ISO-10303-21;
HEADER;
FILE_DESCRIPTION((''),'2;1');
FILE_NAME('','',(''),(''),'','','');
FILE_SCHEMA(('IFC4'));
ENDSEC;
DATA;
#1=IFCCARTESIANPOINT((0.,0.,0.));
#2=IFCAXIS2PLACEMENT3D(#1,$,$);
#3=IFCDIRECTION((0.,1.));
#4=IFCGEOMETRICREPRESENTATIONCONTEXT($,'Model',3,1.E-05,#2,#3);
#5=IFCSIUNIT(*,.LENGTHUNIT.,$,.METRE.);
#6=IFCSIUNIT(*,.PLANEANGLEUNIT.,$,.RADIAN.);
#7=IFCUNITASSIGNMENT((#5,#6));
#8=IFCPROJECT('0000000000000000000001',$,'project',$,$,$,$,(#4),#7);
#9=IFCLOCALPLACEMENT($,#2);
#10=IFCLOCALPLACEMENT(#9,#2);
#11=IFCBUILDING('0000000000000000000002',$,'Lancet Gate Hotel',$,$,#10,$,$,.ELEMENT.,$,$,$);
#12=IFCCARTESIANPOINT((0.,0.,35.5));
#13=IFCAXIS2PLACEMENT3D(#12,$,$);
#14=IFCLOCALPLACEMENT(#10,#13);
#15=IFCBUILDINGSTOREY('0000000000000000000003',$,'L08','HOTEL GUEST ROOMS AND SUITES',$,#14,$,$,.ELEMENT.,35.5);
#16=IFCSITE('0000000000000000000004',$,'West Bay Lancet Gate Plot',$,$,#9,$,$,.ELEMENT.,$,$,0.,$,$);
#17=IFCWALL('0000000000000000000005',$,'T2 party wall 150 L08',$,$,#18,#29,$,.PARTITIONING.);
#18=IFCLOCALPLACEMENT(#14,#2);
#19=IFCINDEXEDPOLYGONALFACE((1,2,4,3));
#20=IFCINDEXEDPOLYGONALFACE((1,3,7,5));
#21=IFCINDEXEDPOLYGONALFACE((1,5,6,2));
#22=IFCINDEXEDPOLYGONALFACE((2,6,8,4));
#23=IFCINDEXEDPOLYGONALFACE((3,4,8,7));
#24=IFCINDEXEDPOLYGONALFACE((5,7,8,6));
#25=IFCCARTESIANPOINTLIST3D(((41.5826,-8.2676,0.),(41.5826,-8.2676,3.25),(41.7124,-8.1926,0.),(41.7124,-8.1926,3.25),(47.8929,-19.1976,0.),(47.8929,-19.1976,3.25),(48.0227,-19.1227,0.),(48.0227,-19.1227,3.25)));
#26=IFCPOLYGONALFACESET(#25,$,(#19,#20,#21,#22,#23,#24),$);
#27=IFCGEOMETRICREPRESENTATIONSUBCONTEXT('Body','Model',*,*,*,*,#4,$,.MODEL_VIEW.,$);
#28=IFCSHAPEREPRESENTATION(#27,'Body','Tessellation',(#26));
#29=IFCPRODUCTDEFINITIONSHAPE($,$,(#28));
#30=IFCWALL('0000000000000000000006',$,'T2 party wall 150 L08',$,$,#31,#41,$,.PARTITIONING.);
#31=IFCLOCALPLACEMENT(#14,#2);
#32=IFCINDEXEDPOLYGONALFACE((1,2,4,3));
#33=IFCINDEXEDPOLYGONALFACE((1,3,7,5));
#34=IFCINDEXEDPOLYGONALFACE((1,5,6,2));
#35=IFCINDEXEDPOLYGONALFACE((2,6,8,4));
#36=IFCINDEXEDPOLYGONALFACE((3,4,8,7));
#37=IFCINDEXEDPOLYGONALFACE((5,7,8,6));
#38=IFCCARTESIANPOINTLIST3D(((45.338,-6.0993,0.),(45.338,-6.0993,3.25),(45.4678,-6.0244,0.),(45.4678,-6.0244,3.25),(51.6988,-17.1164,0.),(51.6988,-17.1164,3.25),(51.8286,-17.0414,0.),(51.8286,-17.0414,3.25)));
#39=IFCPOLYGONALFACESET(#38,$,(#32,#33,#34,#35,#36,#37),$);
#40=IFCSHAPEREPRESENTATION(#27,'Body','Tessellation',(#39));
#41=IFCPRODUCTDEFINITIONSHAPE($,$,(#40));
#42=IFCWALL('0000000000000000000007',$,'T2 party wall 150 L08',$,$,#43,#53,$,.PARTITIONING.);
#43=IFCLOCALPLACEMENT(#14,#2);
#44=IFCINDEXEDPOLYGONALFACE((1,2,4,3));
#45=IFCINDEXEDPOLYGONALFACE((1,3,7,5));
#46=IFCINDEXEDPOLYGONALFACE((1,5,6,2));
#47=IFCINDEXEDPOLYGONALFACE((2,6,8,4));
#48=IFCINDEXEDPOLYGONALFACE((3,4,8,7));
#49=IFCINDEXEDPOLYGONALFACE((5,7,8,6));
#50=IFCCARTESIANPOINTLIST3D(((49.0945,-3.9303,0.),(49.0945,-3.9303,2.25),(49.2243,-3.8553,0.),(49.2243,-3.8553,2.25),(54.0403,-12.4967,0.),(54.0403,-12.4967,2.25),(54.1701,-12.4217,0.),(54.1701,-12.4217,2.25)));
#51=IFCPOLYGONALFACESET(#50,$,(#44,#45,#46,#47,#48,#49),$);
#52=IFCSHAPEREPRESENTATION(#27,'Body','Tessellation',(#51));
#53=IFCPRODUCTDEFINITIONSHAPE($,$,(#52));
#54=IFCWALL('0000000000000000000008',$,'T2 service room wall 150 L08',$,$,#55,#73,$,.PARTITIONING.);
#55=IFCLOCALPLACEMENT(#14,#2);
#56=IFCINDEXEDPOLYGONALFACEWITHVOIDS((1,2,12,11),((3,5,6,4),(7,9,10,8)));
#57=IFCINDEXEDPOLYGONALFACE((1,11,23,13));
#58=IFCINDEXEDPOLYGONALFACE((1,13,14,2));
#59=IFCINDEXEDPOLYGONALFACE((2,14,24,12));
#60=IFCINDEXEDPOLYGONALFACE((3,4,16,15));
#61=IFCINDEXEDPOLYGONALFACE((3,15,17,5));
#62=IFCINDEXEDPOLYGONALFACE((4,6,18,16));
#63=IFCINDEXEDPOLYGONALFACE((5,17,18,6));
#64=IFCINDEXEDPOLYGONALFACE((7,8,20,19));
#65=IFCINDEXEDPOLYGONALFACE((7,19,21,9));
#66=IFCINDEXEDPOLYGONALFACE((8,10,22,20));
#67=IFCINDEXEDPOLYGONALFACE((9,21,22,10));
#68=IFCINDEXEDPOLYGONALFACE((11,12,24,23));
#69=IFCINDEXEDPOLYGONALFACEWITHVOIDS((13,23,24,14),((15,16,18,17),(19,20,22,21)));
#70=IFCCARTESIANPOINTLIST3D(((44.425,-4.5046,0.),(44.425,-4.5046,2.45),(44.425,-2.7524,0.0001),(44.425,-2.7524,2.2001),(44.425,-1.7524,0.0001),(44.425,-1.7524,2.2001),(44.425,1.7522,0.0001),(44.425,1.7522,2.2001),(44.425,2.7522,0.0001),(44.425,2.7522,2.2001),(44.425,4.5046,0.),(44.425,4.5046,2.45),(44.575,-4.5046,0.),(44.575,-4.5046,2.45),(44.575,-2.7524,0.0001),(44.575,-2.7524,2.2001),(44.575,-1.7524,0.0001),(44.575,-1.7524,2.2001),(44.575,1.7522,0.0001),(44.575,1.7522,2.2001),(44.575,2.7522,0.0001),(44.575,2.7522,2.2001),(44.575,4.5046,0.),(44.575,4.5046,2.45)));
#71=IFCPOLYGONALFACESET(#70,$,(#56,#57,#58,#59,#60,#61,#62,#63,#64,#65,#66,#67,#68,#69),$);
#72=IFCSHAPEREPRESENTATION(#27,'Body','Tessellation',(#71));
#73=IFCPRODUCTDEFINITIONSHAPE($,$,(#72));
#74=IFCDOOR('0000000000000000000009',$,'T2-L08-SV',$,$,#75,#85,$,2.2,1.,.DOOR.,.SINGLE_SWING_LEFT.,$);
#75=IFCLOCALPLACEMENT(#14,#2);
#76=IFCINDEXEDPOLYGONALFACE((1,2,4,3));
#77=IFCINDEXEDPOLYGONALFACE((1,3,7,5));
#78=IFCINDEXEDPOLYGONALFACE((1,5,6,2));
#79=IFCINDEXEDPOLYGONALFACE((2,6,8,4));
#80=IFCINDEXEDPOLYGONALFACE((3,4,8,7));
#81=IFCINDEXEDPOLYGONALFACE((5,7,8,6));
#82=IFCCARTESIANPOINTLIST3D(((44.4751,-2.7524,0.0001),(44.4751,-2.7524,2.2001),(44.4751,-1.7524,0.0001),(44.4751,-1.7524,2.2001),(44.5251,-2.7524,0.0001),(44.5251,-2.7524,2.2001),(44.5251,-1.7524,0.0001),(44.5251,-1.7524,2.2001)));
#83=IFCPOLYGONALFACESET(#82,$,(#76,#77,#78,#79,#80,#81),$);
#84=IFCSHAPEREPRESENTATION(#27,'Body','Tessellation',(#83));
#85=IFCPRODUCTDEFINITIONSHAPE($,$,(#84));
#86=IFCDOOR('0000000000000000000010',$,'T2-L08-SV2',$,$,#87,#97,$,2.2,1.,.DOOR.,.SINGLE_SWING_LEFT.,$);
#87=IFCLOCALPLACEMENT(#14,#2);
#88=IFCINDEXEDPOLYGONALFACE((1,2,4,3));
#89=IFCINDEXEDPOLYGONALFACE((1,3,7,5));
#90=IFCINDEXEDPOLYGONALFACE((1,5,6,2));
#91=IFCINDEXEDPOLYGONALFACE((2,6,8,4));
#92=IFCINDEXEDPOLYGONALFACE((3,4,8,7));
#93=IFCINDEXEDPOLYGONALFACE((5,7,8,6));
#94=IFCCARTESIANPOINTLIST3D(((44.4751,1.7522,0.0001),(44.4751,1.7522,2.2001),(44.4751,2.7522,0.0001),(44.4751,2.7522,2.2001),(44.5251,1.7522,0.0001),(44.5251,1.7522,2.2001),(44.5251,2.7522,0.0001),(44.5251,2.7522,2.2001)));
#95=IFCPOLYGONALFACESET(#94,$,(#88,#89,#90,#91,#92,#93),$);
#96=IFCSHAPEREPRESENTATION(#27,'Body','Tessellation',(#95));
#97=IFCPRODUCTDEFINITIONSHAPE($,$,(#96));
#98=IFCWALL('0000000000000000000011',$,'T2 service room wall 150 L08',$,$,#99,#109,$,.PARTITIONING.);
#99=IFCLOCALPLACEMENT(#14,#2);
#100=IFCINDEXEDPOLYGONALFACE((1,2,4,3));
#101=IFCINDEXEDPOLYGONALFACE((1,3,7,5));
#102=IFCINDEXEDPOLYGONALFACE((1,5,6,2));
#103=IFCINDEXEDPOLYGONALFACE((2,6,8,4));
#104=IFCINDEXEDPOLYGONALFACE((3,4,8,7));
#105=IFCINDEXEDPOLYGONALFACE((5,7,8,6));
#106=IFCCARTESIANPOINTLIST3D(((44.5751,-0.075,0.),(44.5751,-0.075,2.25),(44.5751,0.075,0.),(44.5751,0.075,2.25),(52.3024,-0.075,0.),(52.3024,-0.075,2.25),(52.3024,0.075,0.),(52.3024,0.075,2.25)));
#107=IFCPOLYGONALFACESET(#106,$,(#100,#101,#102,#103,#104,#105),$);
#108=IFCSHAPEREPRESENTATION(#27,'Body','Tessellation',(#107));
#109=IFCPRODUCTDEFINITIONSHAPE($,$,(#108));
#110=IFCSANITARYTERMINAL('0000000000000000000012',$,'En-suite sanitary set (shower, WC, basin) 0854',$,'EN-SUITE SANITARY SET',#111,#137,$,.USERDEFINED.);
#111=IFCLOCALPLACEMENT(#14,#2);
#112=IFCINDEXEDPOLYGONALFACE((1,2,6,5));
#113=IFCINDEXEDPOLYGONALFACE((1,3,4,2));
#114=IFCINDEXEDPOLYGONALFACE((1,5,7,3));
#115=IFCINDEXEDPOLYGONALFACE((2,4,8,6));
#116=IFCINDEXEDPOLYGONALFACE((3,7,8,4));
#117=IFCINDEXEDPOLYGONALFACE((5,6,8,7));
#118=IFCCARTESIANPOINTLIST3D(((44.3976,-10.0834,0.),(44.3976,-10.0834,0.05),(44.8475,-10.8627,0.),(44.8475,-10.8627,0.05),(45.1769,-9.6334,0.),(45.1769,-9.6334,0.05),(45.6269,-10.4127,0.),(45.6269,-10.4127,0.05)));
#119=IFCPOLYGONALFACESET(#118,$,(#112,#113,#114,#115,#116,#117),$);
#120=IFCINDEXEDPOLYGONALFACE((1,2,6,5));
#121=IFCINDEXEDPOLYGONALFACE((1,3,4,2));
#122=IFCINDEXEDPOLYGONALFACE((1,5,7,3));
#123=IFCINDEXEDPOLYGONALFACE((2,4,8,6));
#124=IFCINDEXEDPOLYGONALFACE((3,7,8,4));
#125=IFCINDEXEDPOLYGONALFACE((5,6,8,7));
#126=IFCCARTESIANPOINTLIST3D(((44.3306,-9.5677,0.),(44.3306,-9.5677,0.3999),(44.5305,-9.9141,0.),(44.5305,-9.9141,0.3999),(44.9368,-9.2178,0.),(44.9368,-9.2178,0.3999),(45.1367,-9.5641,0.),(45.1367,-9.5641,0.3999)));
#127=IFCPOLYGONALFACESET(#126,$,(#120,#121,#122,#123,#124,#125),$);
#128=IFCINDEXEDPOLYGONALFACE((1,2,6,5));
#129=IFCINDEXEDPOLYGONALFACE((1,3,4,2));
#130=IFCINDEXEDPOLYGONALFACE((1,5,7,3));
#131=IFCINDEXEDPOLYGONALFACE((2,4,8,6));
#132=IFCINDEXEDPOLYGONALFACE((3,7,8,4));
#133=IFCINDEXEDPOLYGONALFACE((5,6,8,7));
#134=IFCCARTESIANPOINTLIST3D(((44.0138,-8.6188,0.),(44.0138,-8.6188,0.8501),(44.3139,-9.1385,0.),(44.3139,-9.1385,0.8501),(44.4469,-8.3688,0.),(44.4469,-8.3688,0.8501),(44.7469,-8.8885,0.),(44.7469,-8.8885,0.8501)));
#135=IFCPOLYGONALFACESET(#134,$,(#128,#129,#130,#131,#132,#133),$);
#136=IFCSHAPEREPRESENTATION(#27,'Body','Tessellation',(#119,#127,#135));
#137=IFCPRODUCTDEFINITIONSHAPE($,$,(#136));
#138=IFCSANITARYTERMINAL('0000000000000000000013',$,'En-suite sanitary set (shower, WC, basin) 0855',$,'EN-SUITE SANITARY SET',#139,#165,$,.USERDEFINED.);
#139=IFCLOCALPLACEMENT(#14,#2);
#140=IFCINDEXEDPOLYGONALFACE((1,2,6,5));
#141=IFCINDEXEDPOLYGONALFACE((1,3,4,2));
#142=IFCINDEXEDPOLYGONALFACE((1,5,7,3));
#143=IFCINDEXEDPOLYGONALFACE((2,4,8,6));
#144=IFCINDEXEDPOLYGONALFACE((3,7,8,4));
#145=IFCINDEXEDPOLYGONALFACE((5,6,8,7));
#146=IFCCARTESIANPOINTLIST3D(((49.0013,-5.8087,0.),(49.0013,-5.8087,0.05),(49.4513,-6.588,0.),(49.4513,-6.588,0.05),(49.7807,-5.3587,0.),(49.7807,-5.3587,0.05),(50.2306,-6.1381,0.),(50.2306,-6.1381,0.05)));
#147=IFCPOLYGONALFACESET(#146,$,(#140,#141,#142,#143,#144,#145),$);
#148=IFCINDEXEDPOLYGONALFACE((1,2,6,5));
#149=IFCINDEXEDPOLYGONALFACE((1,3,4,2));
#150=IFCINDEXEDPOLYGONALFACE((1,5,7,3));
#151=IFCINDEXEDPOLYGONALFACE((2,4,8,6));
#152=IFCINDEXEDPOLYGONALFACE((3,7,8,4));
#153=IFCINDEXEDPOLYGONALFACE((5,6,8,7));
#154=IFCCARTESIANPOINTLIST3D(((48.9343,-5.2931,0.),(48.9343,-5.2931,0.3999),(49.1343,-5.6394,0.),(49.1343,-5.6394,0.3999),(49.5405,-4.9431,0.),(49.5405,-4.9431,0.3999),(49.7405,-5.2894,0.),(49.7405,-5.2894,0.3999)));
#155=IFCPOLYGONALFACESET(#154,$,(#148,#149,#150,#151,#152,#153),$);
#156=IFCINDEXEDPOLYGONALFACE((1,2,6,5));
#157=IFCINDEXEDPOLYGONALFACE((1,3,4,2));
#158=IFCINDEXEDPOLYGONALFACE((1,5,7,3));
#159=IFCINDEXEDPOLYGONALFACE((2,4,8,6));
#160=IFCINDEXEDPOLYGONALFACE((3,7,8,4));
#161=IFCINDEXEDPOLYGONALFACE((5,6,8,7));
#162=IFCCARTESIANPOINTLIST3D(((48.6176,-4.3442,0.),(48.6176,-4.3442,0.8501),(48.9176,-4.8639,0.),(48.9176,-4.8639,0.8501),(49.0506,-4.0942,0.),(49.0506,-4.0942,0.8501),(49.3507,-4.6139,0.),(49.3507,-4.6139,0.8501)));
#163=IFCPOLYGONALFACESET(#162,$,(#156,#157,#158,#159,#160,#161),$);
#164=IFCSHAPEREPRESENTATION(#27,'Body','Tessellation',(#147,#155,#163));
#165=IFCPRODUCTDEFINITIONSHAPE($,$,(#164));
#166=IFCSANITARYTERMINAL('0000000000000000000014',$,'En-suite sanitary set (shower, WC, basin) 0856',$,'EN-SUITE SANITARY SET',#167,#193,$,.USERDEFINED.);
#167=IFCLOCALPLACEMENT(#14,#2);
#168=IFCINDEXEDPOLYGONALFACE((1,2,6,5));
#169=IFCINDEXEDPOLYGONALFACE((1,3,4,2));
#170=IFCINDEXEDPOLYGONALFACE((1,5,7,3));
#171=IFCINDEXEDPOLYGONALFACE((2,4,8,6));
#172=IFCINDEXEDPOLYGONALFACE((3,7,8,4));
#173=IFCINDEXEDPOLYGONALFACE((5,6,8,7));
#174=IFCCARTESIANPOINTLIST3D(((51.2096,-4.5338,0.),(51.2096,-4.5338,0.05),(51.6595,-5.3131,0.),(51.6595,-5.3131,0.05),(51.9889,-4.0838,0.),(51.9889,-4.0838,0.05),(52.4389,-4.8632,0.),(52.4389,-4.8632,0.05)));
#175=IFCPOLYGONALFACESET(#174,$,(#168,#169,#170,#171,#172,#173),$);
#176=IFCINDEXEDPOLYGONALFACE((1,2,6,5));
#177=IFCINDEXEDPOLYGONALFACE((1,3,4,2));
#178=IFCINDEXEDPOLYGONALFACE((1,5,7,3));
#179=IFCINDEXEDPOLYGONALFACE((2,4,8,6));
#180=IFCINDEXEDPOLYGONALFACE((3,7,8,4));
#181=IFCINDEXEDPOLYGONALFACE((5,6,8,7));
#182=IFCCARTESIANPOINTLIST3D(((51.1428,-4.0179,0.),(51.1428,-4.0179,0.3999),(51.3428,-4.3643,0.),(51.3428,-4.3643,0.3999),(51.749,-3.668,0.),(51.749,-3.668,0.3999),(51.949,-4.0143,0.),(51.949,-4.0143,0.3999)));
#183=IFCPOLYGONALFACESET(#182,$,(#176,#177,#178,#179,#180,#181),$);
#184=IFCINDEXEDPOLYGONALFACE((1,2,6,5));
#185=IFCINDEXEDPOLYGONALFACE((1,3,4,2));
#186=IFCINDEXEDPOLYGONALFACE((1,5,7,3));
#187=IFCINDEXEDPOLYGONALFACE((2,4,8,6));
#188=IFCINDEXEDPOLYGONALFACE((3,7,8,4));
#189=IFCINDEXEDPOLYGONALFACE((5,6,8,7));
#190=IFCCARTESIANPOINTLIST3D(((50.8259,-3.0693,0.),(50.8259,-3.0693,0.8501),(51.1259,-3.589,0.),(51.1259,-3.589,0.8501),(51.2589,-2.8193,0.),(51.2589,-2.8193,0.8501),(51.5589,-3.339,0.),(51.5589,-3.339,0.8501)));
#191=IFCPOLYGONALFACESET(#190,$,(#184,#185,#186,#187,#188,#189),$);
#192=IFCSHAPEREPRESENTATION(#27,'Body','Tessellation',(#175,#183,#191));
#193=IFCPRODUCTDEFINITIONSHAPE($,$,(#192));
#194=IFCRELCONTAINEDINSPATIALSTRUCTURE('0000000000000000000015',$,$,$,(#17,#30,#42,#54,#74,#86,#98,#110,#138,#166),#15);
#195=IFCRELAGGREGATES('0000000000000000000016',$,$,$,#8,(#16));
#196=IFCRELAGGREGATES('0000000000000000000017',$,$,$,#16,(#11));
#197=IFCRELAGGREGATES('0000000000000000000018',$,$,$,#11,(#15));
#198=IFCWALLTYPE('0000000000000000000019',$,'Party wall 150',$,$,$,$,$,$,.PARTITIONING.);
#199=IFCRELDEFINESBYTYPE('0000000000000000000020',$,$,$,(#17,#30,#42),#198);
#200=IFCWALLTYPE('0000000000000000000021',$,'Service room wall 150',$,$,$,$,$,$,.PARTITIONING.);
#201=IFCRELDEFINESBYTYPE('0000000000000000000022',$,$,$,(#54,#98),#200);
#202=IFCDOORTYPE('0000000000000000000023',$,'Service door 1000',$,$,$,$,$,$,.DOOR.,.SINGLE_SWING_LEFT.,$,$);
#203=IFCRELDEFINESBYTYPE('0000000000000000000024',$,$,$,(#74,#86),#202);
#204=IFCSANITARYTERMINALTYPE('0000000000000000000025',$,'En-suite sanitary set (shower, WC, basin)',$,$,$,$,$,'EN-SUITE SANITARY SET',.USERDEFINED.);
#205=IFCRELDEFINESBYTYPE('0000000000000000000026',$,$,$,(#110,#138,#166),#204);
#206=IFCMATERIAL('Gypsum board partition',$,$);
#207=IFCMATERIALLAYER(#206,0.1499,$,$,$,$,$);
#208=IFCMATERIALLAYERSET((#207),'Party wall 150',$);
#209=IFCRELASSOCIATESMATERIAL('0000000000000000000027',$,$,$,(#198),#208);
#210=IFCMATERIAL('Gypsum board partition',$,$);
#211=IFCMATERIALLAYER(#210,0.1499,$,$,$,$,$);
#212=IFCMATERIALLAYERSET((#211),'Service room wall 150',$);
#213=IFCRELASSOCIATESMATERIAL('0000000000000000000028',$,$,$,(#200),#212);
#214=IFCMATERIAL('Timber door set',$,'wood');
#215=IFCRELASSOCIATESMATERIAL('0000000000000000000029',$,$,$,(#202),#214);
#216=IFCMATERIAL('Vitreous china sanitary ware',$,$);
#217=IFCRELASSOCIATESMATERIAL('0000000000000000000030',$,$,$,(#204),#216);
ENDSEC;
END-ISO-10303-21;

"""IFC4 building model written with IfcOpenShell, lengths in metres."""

from ifc_helpers import new_model, si_unit, direction, frame, frame_2d, origin, origin_2d, place, context, subcontext, project, spatial, rectangle, extrude, material, layer, layer_set, type_object, element, fill, save


model = new_model("IFC4")

# Units and contexts
model_context = context("Model", 3, precision=1e-05, world=origin(), true_north=direction((0.0, 1.0)))
body_context = subcontext(model_context, "Body", "Model", "MODEL_VIEW")
ifc_project = project(units=[si_unit("LENGTHUNIT", "METRE"), si_unit("PLANEANGLEUNIT", "RADIAN")], contexts=[model_context])

# Site, building, storey
site_placement = place(None, origin())
site = spatial("IfcSite", under=ifc_project, at=site_placement, Name="West Bay Lancet Gate Plot", CompositionType="ELEMENT", RefElevation=0.0)
building_placement = place(site_placement, origin())
building = spatial("IfcBuilding", under=site, at=building_placement, Name="Lancet Gate Hotel", CompositionType="ELEMENT")
storey_placement = place(building_placement, frame((0.0, 0.0, 35.5)))
storey = spatial("IfcBuildingStorey", under=building, at=storey_placement, Name="L08", Description="HOTEL GUEST ROOMS AND SUITES", CompositionType="ELEMENT", Elevation=35.5)

# Walls
ifc_material_1 = material(Name="Gypsum board partition")
ifc_layer_1 = layer(ifc_material_1, 0.1499)
ifc_layer_set_1 = layer_set([ifc_layer_1], Name="Party wall 150")
wall_type_1 = type_object("IfcWallType", Name="Party wall 150", PredefinedType="PARTITIONING", material=ifc_layer_set_1)
wall_1_placement = place(storey_placement, frame((41.6475, -8.23, 0.0), z_axis=(0.0, 0.0, 1.0), x_axis=(0.499986, -0.866034, 0.0)))
element("IfcWall", 1, at=wall_1_placement, inside=storey, type_object=wall_type_1, Name="T2 party wall 150 L08", PredefinedType="PARTITIONING", context=body_context, shape_type="SweptSolid", body=[
    extrude(rectangle(XDim=12.6208, YDim=0.1499, at=frame_2d((6.3105, 0.0))), origin(), (0.0, 0.0, 1.0), 3.25),
])
wall_2_placement = place(storey_placement, frame((45.4028, -6.0618, 0.0), z_axis=(0.0, 0.0, 1.0), x_axis=(0.500007, -0.866021, 0.0)))
element("IfcWall", 2, at=wall_2_placement, inside=storey, type_object=wall_type_1, Name="T2 party wall 150 L08", PredefinedType="PARTITIONING", context=body_context, shape_type="SweptSolid", body=[
    extrude(rectangle(XDim=12.7214, YDim=0.1499, at=frame_2d((6.3608, 0.0))), origin(), (0.0, 0.0, 1.0), 3.25),
])
wall_3_placement = place(storey_placement, frame((49.1594, -3.8928, 0.0), z_axis=(0.0, 0.0, 1.0), x_axis=(0.499999, -0.866026, 0.0)))
element("IfcWall", 3, at=wall_3_placement, inside=storey, type_object=wall_type_1, Name="T2 party wall 150 L08", PredefinedType="PARTITIONING", context=body_context, shape_type="SweptSolid", body=[
    extrude(rectangle(XDim=9.8916, YDim=0.1499, at=frame_2d((4.9458, 0.0))), origin(), (0.0, 0.0, 1.0), 2.25),
])

# Wall, openings, doors
ifc_material_2 = material(Name="Gypsum board partition")
ifc_layer_2 = layer(ifc_material_2, 0.1499)
ifc_layer_set_2 = layer_set([ifc_layer_2], Name="Service room wall 150")
wall_type_2 = type_object("IfcWallType", Name="Service room wall 150", PredefinedType="PARTITIONING", material=ifc_layer_set_2)
wall_4_placement = place(storey_placement, frame((44.5, -4.5046, 0.0), z_axis=(0.0, 0.0, 1.0), x_axis=(0.0, 1.0, 0.0)))
wall_4 = element("IfcWall", 4, at=wall_4_placement, inside=storey, type_object=wall_type_2, Name="T2 service room wall 150 L08", PredefinedType="PARTITIONING", context=body_context, shape_type="SweptSolid", body=[
    extrude(rectangle(XDim=9.0093, YDim=0.1499, at=frame_2d((4.5046, 0.0))), origin(), (0.0, 0.0, 1.0), 2.45),
])
opening_1_placement = place(wall_4_placement, frame((1.7522, 0.0, 0.0)))
opening_1 = element("IfcOpeningElement", 5, at=opening_1_placement, cuts=wall_4, PredefinedType="OPENING", context=body_context, shape_type="SweptSolid", body=[
    extrude(rectangle(XDim=1.0, YDim=2.2, at=frame_2d((0.5, 1.1001))), frame((0.0, 0.085, 0.0), z_axis=(0.0, -1.0, 0.0), x_axis=(1.0, 0.0, 0.0)), (0.0, 0.0, 1.0), 0.1699),
])
opening_2_placement = place(wall_4_placement, frame((6.2568, 0.0, 0.0)))
opening_2 = element("IfcOpeningElement", 6, at=opening_2_placement, cuts=wall_4, PredefinedType="OPENING", context=body_context, shape_type="SweptSolid", body=[
    extrude(rectangle(XDim=1.0, YDim=2.2, at=frame_2d((0.5, 1.1001))), frame((0.0, 0.085, 0.0), z_axis=(0.0, -1.0, 0.0), x_axis=(1.0, 0.0, 0.0)), (0.0, 0.0, 1.0), 0.1699),
])
ifc_material_3 = material(Name="Timber door set", Category="wood")
door_type_1 = type_object("IfcDoorType", Name="Service door 1000", OperationType="SINGLE_SWING_LEFT", PredefinedType="DOOR", material=ifc_material_3)
door_1_placement = place(opening_1_placement, origin())
door_1 = element("IfcDoor", 7, at=door_1_placement, inside=storey, type_object=door_type_1, Name="T2-L08-SV", OperationType="SINGLE_SWING_LEFT", OverallHeight=2.2, OverallWidth=1.0, PredefinedType="DOOR", context=body_context, shape_type="SweptSolid", body=[
    extrude(rectangle(XDim=1.0, YDim=2.2, at=frame_2d((0.5, 1.1001))), frame((0.0, 0.0249, 0.0), z_axis=(0.0, -1.0, 0.0), x_axis=(1.0, 0.0, 0.0)), (0.0, 0.0, 1.0), 0.05),
])
fill(opening_1, door_1)
door_2_placement = place(opening_2_placement, origin())
door_2 = element("IfcDoor", 8, at=door_2_placement, inside=storey, type_object=door_type_1, Name="T2-L08-SV2", OperationType="SINGLE_SWING_LEFT", OverallHeight=2.2, OverallWidth=1.0, PredefinedType="DOOR", context=body_context, shape_type="SweptSolid", body=[
    extrude(rectangle(XDim=1.0, YDim=2.2, at=frame_2d((0.5, 1.1001))), frame((0.0, 0.0249, 0.0), z_axis=(0.0, -1.0, 0.0), x_axis=(1.0, 0.0, 0.0)), (0.0, 0.0, 1.0), 0.05),
])
fill(opening_2, door_2)

# Wall
wall_5_placement = place(storey_placement, frame((44.575, 0.0, 0.0), z_axis=(0.0, 0.0, 1.0), x_axis=(1.0, 0.0, 0.0)))
element("IfcWall", 9, at=wall_5_placement, inside=storey, type_object=wall_type_2, Name="T2 service room wall 150 L08", PredefinedType="PARTITIONING", context=body_context, shape_type="SweptSolid", body=[
    extrude(rectangle(XDim=7.7273, YDim=0.1499, at=frame_2d((3.8638, 0.0))), origin(), (0.0, 0.0, 1.0), 2.25),
])

# Sanitary terminals
ifc_material_4 = material(Name="Vitreous china sanitary ware")
sanitary_terminal_type = type_object("IfcSanitaryTerminalType", Name="En-suite sanitary set (shower, WC, basin)", ElementType="EN-SUITE SANITARY SET", PredefinedType="USERDEFINED", material=ifc_material_4)
for number, where, z_axis, x_axis, name in (
    (10, (45.0122, -10.248, 0.0), (0.0, 0.0, 1.0), (1.0, 0.0, 0.0), "En-suite sanitary set (shower, WC, basin) 0854"),
    (11, (49.616, -5.9734, 0.0), (0.0, 0.0, 1.0), (1.0, 0.0, 0.0), "En-suite sanitary set (shower, WC, basin) 0855"),
):
    element("IfcSanitaryTerminal", number, at=place(storey_placement, frame(where, z_axis=z_axis, x_axis=x_axis)), inside=storey, type_object=sanitary_terminal_type, Name=name, ObjectType="EN-SUITE SANITARY SET", PredefinedType="USERDEFINED", context=body_context, shape_type="SweptSolid", body=[
        extrude(rectangle(XDim=0.8999, YDim=0.8999, at=origin_2d()), frame((0.0, 0.0, 0.0), z_axis=(0.0, 0.0, 1.0), x_axis=(0.5, -0.866025, 0.0)), (0.0, 0.0, 1.0), 0.05),
        extrude(rectangle(XDim=0.3999, YDim=0.7, at=origin_2d()), frame((-0.2786, 0.6821, 0.0), z_axis=(0.0, 0.0, 1.0), x_axis=(0.5, -0.866025, 0.0)), (0.0, 0.0, 1.0), 0.3999),
        extrude(rectangle(XDim=0.6001, YDim=0.5, at=origin_2d()), frame((-0.6318, 1.4944, 0.0), z_axis=(0.0, 0.0, 1.0), x_axis=(0.5, -0.866025, 0.0)), (0.0, 0.0, 1.0), 0.8501),
    ])
sanitary_terminal_1_placement = place(storey_placement, frame((51.8242, -4.6985, 0.0), z_axis=(0.0, 0.0, 1.0), x_axis=(1.0, 0.0, 0.0)))
element("IfcSanitaryTerminal", 12, at=sanitary_terminal_1_placement, inside=storey, type_object=sanitary_terminal_type, Name="En-suite sanitary set (shower, WC, basin) 0856", ObjectType="EN-SUITE SANITARY SET", PredefinedType="USERDEFINED", context=body_context, shape_type="SweptSolid", body=[
    extrude(rectangle(XDim=0.8999, YDim=0.8999, at=origin_2d()), frame((0.0, 0.0, 0.0), z_axis=(0.0, 0.0, 1.0), x_axis=(0.5, -0.866025, 0.0)), (0.0, 0.0, 1.0), 0.05),
    extrude(rectangle(XDim=0.3999, YDim=0.7, at=origin_2d()), frame((-0.2783, 0.6824, 0.0), z_axis=(0.0, 0.0, 1.0), x_axis=(0.5, -0.866025, 0.0)), (0.0, 0.0, 1.0), 0.3999),
    extrude(rectangle(XDim=0.6001, YDim=0.5, at=origin_2d()), frame((-0.6318, 1.4944, 0.0), z_axis=(0.0, 0.0, 1.0), x_axis=(0.5, -0.866025, 0.0)), (0.0, 0.0, 1.0), 0.8501),
])

save(model, "model.ifc")
